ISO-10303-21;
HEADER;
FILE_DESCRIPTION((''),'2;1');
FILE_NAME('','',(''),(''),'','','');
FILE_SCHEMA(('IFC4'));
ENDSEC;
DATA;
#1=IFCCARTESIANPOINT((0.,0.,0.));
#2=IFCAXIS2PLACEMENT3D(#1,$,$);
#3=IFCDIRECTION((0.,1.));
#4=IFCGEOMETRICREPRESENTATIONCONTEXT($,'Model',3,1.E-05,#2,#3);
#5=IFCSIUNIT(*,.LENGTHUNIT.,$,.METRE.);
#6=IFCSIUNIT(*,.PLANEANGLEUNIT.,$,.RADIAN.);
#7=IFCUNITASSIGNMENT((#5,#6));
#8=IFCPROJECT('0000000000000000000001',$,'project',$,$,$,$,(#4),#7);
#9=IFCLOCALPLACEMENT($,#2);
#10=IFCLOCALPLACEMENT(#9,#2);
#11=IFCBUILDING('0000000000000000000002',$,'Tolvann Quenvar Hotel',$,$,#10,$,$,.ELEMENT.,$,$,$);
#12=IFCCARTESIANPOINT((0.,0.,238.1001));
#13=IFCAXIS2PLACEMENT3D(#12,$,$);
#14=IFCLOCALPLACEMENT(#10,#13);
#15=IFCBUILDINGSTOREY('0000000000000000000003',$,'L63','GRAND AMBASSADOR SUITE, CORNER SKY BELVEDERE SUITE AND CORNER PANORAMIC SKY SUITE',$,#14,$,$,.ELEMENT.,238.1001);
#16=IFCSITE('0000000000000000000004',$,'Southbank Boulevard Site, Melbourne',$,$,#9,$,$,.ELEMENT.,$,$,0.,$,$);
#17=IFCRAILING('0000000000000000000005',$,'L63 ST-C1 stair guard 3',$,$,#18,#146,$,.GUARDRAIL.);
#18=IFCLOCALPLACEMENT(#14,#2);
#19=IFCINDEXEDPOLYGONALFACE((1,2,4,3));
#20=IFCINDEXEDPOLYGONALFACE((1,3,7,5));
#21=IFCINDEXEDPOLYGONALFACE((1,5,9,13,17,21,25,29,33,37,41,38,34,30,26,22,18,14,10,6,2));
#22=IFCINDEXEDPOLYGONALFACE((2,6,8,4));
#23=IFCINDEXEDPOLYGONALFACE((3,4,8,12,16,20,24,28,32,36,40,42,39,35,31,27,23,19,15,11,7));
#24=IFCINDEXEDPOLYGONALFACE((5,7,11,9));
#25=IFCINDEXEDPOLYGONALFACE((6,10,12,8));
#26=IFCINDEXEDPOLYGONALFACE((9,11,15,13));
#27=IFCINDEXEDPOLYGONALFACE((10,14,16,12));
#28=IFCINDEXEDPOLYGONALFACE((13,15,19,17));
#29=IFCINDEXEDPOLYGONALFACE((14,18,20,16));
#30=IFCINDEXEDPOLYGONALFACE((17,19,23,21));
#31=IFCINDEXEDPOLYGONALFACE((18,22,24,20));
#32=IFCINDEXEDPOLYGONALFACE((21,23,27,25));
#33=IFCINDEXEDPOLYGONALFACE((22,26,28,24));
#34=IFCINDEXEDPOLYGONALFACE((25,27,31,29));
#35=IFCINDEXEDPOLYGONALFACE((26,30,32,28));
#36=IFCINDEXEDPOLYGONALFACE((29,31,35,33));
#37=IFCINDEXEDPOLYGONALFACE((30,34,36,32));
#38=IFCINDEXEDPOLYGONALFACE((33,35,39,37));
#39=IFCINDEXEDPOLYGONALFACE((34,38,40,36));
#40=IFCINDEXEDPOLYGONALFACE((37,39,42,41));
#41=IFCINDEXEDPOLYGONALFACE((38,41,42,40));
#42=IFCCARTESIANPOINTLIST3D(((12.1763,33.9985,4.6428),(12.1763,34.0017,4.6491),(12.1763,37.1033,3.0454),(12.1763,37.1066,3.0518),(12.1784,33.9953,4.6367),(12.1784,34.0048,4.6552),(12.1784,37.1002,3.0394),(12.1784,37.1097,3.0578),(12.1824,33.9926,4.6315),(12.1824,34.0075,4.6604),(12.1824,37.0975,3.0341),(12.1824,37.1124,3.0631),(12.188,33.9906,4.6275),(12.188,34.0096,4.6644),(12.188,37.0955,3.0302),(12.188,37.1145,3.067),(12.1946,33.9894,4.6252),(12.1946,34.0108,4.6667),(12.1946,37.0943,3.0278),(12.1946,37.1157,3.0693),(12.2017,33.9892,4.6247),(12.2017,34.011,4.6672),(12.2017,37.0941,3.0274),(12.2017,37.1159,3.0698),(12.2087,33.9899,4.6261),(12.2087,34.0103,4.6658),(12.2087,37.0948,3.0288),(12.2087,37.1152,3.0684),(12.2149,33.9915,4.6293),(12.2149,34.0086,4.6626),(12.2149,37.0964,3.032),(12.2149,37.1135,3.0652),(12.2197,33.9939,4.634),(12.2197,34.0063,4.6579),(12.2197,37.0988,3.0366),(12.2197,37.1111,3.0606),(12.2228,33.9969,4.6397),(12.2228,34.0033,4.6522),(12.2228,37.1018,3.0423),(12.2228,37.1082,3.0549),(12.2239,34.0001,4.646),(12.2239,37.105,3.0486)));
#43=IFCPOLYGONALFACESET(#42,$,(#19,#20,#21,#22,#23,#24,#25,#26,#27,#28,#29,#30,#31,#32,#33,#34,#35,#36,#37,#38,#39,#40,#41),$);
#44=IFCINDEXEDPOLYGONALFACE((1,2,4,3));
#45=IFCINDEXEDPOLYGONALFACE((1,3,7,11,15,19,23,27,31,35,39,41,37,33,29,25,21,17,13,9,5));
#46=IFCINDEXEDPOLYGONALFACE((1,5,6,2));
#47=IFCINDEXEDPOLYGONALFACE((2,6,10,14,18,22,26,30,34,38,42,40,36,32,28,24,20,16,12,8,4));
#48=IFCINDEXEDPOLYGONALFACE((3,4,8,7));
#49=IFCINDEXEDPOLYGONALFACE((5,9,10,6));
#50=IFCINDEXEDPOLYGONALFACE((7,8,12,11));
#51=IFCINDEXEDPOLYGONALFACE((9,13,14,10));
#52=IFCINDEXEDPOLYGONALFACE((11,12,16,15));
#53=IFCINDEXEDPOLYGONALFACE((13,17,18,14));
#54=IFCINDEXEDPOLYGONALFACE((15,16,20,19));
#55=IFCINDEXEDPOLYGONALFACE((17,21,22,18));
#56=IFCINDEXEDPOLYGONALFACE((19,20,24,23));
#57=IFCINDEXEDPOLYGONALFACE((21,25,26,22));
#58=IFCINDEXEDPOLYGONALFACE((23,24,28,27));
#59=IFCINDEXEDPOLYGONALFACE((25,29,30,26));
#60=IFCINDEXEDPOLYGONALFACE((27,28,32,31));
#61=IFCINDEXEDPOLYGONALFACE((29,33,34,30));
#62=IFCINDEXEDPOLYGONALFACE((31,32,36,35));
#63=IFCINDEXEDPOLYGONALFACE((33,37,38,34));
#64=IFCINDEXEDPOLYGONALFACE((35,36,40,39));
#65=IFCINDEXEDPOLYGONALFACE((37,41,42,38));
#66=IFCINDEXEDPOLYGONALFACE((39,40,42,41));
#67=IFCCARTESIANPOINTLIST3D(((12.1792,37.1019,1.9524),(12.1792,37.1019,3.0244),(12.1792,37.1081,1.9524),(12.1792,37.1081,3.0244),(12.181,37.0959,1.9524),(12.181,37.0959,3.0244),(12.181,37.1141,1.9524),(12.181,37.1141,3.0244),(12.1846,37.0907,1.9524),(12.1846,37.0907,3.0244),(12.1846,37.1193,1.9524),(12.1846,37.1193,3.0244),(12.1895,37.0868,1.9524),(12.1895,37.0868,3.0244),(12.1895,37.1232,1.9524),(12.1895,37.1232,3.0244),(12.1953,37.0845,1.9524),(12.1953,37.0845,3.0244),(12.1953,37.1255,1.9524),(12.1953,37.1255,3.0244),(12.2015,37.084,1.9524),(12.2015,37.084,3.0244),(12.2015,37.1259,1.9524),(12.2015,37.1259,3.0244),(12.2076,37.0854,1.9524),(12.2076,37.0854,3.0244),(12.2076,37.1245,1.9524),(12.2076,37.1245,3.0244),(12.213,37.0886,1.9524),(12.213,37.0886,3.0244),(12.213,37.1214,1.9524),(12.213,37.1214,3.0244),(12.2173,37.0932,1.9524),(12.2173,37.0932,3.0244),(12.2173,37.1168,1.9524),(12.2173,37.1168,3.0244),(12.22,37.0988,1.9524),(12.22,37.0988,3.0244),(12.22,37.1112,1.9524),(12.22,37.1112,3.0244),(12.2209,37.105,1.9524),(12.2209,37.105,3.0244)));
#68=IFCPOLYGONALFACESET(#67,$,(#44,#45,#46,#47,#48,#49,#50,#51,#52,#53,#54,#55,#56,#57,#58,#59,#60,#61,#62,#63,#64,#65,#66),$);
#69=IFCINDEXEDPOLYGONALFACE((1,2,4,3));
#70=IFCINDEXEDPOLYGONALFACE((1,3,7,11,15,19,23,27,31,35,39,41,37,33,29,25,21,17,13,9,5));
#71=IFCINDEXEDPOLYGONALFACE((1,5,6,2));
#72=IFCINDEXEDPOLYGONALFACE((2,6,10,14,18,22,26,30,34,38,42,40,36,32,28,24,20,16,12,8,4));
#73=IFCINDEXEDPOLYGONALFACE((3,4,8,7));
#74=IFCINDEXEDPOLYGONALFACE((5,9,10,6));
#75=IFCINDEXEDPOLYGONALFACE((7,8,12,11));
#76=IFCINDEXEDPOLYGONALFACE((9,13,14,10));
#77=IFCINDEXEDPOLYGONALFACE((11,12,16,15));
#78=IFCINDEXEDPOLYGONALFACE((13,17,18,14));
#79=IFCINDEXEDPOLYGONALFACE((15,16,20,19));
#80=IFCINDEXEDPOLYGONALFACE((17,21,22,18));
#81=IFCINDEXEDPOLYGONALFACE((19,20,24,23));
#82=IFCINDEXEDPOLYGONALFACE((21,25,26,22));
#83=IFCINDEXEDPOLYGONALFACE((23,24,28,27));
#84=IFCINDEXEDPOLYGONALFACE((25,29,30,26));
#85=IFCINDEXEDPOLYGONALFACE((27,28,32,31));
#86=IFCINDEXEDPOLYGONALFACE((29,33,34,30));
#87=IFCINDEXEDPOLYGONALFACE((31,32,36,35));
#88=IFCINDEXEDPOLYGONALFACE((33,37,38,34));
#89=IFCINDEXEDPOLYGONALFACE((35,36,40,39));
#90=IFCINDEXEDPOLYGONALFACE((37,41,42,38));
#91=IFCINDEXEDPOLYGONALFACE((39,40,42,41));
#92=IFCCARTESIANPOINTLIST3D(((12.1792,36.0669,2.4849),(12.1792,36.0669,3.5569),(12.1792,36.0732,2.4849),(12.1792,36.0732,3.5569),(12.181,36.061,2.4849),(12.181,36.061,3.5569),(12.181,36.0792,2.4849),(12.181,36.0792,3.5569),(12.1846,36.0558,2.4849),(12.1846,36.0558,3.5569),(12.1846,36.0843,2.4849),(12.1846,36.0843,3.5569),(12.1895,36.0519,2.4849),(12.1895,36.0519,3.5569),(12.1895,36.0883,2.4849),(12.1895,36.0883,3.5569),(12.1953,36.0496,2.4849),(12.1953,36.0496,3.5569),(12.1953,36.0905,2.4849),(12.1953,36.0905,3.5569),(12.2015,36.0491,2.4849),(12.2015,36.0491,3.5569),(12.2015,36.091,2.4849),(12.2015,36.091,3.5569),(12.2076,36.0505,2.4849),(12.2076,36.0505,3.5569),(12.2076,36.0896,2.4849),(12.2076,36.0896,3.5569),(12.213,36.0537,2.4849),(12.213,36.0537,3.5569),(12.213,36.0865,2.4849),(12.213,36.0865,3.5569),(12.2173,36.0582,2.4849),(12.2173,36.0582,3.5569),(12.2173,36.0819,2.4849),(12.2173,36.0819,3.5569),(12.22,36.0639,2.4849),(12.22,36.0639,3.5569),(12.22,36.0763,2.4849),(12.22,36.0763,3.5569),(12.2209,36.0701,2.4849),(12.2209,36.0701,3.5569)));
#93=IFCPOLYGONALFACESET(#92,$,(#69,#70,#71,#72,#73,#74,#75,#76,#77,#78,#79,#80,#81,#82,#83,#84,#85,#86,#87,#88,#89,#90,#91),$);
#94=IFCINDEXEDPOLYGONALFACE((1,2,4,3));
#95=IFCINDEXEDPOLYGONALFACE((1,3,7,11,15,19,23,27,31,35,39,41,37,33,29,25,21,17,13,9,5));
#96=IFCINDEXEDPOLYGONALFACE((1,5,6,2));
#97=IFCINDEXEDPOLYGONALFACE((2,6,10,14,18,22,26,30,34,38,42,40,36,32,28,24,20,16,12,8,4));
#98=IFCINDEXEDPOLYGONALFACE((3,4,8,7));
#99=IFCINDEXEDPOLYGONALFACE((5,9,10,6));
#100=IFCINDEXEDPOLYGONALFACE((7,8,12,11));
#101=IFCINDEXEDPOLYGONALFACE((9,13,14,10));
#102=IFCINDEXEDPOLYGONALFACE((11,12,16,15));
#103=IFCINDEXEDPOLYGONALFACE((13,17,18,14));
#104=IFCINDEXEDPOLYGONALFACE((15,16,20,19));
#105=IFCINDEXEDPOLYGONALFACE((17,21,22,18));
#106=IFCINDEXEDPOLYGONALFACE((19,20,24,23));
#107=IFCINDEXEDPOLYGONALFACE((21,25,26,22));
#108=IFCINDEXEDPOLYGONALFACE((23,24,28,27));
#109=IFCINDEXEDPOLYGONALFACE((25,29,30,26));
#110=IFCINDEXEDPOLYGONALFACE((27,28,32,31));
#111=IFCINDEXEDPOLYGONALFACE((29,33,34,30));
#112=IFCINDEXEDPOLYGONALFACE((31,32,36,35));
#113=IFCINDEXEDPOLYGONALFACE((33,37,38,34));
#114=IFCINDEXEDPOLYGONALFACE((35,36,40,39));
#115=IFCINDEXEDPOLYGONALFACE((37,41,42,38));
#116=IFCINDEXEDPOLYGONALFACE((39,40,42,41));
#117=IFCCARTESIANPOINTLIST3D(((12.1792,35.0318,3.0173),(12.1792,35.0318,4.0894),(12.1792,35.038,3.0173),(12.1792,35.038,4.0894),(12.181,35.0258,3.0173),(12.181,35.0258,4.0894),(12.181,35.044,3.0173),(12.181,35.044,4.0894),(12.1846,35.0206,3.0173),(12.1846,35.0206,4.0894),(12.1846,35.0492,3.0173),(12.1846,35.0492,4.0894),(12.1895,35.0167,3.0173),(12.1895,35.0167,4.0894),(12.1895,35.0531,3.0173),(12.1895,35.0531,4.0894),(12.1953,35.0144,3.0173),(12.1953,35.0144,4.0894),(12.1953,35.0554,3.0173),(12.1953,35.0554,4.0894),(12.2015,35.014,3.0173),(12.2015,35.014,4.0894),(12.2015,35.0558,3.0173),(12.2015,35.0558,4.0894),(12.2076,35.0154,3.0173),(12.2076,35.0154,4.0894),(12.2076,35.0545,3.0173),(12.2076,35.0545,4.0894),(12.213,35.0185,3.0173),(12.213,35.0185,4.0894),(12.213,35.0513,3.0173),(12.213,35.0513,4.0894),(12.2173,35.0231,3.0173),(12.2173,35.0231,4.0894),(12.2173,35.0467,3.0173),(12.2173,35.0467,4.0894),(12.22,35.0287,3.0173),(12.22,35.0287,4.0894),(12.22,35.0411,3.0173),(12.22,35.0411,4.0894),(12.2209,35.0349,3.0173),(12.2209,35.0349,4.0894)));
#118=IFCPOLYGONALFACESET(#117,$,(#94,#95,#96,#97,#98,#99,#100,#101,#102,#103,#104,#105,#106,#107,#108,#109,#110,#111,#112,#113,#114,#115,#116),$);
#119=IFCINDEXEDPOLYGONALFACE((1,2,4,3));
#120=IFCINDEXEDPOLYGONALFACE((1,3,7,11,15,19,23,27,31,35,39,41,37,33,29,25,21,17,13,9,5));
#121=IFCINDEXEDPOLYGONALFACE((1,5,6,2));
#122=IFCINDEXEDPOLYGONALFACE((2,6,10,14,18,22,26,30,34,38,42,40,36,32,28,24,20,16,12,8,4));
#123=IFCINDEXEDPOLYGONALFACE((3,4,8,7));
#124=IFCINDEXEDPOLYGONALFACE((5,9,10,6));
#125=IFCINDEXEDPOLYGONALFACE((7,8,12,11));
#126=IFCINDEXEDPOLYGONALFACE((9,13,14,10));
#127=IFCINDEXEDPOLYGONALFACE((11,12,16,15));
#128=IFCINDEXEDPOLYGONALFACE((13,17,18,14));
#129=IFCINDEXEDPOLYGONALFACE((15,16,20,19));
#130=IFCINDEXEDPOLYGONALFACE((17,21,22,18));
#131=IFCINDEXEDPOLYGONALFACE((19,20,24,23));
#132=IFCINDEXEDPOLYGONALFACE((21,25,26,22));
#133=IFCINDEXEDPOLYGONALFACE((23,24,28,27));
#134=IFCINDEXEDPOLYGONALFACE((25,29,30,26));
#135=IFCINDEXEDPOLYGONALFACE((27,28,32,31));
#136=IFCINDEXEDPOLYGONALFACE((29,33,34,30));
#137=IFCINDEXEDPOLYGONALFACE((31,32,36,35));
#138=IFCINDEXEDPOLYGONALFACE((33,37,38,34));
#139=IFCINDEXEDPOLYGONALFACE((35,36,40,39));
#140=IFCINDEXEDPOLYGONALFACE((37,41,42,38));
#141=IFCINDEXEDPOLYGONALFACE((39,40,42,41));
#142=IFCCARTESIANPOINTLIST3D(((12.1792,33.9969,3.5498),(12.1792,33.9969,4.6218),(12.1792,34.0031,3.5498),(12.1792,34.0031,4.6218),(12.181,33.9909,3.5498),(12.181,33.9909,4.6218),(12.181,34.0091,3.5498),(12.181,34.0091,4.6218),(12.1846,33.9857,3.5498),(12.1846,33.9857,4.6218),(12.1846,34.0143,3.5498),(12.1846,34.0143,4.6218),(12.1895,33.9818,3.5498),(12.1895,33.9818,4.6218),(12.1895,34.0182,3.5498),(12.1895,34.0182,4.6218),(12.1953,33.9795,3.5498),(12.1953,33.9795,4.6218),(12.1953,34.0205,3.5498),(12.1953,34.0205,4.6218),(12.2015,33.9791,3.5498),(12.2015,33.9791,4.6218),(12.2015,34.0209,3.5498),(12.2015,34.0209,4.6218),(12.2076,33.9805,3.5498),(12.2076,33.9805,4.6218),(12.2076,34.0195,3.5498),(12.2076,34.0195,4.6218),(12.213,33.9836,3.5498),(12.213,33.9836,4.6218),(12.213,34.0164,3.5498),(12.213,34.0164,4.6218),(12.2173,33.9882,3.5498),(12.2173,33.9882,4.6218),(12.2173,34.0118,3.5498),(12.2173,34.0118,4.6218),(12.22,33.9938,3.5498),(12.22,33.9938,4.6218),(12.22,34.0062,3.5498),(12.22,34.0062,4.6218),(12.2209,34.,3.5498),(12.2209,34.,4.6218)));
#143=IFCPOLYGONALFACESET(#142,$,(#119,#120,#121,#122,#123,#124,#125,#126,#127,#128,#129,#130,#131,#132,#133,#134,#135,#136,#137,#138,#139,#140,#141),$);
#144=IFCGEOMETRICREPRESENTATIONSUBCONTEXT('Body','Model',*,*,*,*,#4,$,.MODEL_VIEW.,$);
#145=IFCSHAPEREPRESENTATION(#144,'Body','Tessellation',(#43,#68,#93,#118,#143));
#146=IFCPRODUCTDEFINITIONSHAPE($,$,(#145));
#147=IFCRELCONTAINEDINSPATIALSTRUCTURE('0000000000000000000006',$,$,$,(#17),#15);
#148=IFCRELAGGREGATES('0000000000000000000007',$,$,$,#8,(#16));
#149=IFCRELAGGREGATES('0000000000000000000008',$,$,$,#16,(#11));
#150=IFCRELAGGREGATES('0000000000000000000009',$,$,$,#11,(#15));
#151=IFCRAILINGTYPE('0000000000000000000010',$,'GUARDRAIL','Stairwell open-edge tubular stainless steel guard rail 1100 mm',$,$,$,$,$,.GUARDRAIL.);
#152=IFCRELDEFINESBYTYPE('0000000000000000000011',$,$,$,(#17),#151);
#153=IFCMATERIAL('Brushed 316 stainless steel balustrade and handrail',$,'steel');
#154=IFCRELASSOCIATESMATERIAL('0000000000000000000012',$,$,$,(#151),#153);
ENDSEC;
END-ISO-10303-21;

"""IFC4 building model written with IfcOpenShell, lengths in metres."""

from ifc_helpers import new_model, si_unit, direction, frame, origin, origin_2d, place, context, subcontext, project, spatial, circle, extrude, material, type_object, element, save


model = new_model("IFC4")

# Units and contexts
model_context = context("Model", 3, precision=1e-05, world=origin(), true_north=direction((0.0, 1.0)))
body_context = subcontext(model_context, "Body", "Model", "MODEL_VIEW")
ifc_project = project(units=[si_unit("LENGTHUNIT", "METRE"), si_unit("PLANEANGLEUNIT", "RADIAN")], contexts=[model_context])

# Site, building, storey
site_placement = place(None, origin())
site = spatial("IfcSite", under=ifc_project, at=site_placement, Name="Southbank Boulevard Site, Melbourne", CompositionType="ELEMENT", RefElevation=0.0)
building_placement = place(site_placement, origin())
building = spatial("IfcBuilding", under=site, at=building_placement, Name="Tolvann Quenvar Hotel", CompositionType="ELEMENT")
storey_placement = place(building_placement, frame((0.0, 0.0, 238.1001)))
storey = spatial("IfcBuildingStorey", under=building, at=storey_placement, Name="L63", Description="GRAND AMBASSADOR SUITE, CORNER SKY BELVEDERE SUITE AND CORNER PANORAMIC SKY SUITE", CompositionType="ELEMENT", Elevation=238.1001)

# Railing
ifc_material_1 = material(Name="Brushed 316 stainless steel balustrade and handrail", Category="steel")
railing_type_1 = type_object("IfcRailingType", Name="GUARDRAIL", Description="Stairwell open-edge tubular stainless steel guard rail 1100 mm", PredefinedType="GUARDRAIL", material=ifc_material_1)
railing_1_placement = place(storey_placement, frame((12.2, 37.105, 1.9524)))
element("IfcRailing", 1, at=railing_1_placement, inside=storey, type_object=railing_type_1, Name="L63 ST-C1 stair guard 3", PredefinedType="GUARDRAIL", context=body_context, shape_type="SweptSolid", body=[
    extrude(circle(Radius=0.0239, at=origin_2d()), frame((0.0, 0.0, 1.0962), z_axis=(0.0, -0.889222, 0.457476), x_axis=(1.0, 0.0, 0.0)), (0.0, 0.0, 1.0), 3.4917),
    extrude(circle(Radius=0.021, at=origin_2d()), origin(), (0.0, 0.0, 1.0), 1.072),
    extrude(circle(Radius=0.021, at=origin_2d()), frame((0.0, -1.0349, 0.5325)), (0.0, 0.0, 1.0), 1.072),
    extrude(circle(Radius=0.021, at=origin_2d()), frame((0.0, -2.0701, 1.0649)), (0.0, 0.0, 1.0), 1.072),
    extrude(circle(Radius=0.021, at=origin_2d()), frame((0.0, -3.105, 1.5974)), (0.0, 0.0, 1.0), 1.072),
])

save(model, "model.ifc")
